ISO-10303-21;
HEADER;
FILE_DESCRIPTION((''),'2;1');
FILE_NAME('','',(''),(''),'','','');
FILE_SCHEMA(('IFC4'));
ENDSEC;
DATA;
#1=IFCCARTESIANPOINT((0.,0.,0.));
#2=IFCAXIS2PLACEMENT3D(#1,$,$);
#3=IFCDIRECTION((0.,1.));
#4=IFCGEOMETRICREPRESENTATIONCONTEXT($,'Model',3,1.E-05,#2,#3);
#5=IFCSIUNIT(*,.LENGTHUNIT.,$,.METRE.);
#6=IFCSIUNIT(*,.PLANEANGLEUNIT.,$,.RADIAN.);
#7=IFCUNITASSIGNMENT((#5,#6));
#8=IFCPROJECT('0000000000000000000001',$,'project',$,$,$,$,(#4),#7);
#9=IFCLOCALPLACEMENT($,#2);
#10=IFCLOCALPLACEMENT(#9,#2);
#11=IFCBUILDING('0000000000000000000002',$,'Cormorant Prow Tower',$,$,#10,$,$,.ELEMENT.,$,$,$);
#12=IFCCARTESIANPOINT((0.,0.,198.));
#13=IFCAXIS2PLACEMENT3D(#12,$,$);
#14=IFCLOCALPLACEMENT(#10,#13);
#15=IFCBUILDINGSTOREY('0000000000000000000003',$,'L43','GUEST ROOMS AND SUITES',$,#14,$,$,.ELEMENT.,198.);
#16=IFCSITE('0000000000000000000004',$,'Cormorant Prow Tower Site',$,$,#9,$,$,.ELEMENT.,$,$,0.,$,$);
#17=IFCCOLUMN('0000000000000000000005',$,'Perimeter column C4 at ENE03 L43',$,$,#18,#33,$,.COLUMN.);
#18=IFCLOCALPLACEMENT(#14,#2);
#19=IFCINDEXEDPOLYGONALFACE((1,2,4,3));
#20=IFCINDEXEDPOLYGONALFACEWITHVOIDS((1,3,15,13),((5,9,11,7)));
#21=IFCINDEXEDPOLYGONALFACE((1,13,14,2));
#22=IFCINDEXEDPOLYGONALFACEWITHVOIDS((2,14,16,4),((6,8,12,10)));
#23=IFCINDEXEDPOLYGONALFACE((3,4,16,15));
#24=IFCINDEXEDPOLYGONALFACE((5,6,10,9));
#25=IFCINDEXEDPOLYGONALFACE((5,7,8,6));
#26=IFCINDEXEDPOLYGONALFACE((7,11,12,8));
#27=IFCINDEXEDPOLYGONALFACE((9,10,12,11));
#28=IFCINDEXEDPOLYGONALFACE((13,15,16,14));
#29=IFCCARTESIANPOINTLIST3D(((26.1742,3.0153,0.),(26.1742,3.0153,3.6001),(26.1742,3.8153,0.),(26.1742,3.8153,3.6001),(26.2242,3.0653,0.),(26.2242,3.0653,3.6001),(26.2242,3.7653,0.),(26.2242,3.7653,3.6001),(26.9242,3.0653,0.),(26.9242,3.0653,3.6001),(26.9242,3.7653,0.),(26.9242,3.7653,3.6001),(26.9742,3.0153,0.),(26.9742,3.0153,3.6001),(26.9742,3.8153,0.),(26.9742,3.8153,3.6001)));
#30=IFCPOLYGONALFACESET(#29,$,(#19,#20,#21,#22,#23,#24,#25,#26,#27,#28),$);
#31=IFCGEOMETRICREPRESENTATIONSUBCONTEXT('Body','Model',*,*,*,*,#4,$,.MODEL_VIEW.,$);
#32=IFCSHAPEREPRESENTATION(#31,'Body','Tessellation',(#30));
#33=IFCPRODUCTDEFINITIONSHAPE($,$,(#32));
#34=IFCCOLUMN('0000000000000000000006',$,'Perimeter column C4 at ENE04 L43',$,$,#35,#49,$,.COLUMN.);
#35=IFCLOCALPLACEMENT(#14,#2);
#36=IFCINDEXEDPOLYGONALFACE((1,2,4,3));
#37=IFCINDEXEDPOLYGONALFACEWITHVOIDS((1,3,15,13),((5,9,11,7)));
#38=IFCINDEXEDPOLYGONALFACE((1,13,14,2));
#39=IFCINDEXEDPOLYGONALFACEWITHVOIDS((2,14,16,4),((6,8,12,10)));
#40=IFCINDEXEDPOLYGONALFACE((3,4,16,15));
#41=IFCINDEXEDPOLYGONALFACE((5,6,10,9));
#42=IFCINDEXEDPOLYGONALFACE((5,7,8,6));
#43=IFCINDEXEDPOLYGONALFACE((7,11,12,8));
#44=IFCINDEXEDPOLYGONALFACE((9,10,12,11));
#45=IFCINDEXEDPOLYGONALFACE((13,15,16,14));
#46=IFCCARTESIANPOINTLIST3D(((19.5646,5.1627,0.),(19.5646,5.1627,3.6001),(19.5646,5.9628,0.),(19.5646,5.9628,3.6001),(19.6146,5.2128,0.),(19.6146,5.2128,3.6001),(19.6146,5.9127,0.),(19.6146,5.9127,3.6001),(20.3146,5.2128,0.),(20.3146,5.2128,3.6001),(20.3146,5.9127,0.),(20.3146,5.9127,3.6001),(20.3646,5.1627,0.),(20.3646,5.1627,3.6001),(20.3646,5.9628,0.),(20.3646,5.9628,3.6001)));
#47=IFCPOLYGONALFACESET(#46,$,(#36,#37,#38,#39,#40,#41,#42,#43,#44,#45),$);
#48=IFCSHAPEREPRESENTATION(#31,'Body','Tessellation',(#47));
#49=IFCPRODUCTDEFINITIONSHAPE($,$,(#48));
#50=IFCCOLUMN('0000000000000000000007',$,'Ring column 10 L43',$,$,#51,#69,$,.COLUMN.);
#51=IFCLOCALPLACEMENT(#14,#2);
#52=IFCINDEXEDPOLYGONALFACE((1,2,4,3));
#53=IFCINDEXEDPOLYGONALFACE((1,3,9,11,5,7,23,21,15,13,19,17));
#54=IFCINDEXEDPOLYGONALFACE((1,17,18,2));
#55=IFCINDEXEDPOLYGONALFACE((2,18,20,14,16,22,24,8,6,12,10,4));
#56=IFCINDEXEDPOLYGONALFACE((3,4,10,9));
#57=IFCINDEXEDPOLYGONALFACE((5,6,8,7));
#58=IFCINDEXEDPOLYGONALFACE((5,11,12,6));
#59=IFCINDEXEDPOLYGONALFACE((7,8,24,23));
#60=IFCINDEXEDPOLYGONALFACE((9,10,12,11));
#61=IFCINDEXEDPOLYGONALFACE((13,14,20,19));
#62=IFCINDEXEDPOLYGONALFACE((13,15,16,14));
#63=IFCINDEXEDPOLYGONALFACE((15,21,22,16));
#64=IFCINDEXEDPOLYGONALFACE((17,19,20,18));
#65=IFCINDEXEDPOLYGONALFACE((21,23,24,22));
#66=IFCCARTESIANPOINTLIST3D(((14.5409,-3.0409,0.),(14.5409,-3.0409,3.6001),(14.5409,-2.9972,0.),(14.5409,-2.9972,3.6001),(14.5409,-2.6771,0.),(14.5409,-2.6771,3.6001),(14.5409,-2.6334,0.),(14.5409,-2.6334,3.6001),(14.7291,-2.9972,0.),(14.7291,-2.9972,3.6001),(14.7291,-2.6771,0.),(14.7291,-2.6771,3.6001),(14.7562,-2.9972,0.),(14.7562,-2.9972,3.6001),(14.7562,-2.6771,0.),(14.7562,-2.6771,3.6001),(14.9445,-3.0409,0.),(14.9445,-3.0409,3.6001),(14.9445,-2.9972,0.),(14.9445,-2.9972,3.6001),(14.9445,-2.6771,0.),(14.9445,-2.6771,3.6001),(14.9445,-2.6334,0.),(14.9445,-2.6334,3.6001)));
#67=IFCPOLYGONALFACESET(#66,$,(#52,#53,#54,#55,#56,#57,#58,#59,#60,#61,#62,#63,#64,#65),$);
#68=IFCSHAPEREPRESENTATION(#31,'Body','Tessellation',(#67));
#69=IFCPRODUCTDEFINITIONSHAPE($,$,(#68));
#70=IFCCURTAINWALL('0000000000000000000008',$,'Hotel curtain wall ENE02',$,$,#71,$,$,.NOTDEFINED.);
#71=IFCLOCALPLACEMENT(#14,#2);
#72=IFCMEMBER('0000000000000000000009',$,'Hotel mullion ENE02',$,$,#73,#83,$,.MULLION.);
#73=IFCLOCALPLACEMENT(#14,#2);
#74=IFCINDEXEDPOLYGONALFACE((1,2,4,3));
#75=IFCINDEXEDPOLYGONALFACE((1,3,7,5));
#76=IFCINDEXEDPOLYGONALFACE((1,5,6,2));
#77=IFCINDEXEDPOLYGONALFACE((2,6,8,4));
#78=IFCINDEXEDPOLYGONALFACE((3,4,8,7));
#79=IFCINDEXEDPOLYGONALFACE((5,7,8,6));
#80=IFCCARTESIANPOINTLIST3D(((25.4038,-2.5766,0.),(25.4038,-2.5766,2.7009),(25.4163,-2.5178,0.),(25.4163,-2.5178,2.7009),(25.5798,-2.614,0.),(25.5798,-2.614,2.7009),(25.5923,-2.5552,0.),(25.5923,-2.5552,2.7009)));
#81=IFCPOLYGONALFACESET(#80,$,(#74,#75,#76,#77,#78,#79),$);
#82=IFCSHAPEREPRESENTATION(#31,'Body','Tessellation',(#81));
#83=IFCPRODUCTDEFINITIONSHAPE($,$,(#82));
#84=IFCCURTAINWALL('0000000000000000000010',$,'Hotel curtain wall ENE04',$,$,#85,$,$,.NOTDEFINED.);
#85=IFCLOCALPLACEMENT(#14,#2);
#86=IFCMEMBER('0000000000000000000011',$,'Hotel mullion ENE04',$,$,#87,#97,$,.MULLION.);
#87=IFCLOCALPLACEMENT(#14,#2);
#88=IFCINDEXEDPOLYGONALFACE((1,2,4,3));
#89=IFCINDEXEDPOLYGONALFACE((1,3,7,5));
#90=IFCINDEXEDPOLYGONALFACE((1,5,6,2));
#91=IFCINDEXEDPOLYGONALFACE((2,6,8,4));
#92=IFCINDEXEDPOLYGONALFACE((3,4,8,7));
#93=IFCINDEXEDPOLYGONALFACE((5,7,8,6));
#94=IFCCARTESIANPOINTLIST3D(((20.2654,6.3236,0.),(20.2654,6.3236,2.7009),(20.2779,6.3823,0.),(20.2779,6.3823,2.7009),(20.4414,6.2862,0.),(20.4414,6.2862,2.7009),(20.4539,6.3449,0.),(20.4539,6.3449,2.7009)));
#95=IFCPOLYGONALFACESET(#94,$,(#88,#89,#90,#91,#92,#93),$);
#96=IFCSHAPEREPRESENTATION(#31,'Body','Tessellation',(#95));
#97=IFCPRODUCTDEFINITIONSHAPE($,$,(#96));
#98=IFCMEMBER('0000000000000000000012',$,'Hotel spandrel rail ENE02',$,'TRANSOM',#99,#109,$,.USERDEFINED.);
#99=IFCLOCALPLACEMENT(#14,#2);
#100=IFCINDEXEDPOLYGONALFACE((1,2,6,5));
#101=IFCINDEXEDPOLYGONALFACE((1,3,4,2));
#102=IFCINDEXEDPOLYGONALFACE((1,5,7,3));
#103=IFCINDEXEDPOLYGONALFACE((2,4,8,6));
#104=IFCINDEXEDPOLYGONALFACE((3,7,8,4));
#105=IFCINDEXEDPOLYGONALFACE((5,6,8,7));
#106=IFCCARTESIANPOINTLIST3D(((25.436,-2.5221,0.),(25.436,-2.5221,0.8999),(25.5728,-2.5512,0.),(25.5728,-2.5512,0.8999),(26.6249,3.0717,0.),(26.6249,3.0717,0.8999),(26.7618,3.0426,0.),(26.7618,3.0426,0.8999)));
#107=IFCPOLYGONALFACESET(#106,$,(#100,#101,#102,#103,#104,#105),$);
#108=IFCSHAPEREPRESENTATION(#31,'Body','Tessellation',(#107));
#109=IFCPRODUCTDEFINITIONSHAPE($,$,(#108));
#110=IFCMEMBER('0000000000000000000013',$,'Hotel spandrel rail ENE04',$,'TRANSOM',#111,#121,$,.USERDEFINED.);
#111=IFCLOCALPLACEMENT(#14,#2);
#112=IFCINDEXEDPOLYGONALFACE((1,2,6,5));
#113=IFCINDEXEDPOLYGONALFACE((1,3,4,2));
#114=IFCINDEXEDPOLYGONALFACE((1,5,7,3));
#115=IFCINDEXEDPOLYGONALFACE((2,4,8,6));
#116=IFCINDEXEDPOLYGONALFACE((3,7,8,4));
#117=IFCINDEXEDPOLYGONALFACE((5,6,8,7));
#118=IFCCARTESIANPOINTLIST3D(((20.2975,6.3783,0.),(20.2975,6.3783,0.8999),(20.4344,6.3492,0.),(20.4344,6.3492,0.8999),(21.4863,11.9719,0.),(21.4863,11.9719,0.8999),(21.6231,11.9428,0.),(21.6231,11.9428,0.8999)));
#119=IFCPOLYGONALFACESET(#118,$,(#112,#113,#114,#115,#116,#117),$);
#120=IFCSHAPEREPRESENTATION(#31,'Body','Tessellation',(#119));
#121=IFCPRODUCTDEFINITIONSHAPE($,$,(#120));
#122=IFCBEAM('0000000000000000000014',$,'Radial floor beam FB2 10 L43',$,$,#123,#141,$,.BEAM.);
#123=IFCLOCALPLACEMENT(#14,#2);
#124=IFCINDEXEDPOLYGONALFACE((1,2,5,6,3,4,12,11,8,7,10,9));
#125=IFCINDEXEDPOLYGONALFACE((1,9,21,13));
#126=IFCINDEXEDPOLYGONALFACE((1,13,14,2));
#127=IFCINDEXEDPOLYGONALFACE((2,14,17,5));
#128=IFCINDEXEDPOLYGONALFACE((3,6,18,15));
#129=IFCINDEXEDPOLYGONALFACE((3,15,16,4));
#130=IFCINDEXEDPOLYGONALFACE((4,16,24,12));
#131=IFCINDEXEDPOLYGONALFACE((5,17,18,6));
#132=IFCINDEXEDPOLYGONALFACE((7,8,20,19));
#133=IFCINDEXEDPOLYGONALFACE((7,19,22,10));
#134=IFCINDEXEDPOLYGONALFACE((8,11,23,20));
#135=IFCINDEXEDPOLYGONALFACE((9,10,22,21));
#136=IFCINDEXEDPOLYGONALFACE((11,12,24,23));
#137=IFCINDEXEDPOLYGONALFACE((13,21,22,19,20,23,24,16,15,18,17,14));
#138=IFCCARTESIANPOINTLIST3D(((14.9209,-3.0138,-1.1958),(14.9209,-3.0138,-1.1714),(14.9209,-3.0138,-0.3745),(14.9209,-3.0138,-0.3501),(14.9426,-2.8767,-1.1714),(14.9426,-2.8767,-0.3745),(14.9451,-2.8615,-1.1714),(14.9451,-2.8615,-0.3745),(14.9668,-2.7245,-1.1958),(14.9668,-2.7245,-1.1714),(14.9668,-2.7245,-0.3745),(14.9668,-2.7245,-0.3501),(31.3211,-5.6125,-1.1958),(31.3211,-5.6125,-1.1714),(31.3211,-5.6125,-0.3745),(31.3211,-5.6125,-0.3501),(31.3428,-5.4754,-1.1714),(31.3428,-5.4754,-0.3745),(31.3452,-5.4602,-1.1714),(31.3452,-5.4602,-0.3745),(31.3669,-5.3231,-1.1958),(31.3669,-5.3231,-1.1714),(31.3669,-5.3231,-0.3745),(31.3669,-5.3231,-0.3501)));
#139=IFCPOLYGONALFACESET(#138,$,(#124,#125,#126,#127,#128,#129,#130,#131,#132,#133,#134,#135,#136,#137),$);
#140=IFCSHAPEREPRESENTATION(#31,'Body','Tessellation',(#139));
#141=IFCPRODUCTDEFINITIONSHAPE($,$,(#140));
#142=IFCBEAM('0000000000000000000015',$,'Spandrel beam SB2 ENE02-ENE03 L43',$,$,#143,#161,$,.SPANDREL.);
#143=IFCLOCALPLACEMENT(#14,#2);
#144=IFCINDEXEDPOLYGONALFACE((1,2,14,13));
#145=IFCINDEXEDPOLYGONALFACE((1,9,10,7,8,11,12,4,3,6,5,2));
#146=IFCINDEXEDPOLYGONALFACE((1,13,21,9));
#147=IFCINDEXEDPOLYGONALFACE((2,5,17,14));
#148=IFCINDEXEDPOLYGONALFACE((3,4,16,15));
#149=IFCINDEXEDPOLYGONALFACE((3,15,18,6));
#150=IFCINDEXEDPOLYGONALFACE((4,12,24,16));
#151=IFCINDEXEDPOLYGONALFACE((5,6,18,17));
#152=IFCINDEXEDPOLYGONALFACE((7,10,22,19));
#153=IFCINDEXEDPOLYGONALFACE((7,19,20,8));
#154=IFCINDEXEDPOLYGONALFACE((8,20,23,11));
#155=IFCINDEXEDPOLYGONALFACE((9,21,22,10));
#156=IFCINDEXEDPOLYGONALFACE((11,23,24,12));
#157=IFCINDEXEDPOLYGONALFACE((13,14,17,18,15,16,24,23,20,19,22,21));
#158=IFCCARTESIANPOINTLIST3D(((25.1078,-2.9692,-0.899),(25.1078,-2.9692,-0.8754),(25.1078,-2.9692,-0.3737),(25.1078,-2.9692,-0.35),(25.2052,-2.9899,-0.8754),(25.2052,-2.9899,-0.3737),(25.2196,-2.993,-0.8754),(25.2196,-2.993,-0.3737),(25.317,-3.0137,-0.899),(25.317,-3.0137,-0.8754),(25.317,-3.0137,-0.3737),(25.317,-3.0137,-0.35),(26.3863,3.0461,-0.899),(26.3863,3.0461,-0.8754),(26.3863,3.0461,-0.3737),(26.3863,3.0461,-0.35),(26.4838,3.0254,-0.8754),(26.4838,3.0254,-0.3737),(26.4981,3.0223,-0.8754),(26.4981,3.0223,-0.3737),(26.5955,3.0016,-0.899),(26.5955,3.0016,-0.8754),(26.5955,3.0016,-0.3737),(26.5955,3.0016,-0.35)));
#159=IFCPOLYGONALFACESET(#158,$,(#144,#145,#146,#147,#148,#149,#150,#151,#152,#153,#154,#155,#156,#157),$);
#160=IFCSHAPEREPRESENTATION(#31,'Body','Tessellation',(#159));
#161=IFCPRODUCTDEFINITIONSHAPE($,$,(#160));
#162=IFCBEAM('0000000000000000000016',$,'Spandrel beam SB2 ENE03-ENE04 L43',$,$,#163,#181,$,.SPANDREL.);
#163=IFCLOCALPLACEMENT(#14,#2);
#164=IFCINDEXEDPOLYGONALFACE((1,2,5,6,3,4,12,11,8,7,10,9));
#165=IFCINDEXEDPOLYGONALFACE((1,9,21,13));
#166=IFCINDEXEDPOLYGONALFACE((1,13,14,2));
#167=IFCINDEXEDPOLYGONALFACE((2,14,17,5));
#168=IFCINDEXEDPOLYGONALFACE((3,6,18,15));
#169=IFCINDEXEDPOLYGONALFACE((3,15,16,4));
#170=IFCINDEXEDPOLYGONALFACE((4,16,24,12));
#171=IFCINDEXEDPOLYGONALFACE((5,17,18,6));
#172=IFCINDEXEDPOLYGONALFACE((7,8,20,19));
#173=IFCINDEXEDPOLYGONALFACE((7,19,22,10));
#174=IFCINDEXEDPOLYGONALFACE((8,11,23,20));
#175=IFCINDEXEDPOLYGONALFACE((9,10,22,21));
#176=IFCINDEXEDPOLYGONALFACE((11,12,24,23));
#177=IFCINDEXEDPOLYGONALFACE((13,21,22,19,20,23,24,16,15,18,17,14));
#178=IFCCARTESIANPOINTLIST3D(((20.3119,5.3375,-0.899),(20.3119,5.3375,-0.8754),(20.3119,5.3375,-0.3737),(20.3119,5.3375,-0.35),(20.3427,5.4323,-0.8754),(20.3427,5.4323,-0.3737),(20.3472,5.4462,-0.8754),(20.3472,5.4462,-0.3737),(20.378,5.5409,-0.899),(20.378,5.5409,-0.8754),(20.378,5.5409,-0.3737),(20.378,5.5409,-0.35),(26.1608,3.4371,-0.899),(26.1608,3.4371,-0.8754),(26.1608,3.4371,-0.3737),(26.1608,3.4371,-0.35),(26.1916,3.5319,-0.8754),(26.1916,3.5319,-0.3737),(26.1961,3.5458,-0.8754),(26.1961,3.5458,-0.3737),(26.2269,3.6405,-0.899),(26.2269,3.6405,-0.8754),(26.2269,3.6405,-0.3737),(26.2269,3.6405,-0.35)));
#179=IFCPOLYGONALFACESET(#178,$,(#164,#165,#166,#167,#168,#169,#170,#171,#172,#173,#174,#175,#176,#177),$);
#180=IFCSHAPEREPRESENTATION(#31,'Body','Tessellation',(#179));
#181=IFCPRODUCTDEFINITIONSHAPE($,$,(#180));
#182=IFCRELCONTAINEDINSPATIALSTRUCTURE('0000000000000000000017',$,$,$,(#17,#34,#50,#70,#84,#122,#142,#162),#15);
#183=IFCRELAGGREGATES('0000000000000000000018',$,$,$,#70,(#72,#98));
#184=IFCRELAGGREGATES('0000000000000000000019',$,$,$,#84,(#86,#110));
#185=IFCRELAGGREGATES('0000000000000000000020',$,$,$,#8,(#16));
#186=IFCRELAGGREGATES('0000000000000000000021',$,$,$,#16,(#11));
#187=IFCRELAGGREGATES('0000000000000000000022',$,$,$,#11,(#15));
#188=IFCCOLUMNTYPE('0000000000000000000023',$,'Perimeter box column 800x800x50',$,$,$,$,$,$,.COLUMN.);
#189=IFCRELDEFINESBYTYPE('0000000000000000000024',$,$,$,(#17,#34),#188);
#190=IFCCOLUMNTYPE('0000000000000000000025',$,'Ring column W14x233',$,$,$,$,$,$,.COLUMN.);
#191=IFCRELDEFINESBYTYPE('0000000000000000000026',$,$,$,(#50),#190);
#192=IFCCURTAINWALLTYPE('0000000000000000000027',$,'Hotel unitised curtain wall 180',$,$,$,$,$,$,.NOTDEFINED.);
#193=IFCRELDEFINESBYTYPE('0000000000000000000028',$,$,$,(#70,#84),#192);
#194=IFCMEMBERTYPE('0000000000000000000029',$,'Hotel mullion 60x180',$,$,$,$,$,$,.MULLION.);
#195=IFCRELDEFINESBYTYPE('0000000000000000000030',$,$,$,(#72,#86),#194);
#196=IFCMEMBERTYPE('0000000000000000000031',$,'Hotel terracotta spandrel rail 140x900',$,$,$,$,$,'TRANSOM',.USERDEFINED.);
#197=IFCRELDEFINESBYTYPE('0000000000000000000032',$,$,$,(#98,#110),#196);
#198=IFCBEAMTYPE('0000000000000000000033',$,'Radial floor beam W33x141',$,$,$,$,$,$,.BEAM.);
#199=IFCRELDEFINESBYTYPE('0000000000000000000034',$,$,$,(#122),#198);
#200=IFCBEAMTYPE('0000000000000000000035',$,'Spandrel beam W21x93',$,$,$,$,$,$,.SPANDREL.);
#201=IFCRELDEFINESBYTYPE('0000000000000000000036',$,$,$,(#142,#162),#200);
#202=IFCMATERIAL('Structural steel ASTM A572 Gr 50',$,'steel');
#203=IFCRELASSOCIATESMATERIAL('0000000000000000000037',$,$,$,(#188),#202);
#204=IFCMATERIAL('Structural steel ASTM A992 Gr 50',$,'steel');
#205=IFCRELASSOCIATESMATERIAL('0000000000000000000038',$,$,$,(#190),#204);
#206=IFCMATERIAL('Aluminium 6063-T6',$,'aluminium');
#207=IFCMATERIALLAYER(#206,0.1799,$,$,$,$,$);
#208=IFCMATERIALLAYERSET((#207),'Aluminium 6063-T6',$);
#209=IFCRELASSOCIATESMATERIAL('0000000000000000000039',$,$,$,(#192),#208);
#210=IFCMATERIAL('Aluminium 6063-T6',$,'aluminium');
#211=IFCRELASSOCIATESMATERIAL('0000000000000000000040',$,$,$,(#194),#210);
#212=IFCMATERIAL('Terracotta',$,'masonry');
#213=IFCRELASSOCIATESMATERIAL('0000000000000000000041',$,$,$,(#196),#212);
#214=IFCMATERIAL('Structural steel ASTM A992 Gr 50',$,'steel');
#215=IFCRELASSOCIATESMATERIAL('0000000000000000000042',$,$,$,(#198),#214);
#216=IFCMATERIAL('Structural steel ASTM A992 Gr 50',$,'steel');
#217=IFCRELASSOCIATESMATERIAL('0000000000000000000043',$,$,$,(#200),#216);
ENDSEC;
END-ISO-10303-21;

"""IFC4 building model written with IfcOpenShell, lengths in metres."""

from ifc_helpers import new_model, si_unit, direction, frame, origin, origin_2d, place, context, subcontext, project, spatial, rectangle, hollow_rectangle, i_section, extrude, material, layer, layer_set, material_profile, profile_set, type_object, element, aggregate, save


model = new_model("IFC4")

# Units and contexts
model_context = context("Model", 3, precision=1e-05, world=origin(), true_north=direction((0.0, 1.0)))
body_context = subcontext(model_context, "Body", "Model", "MODEL_VIEW")
ifc_project = project(units=[si_unit("LENGTHUNIT", "METRE"), si_unit("PLANEANGLEUNIT", "RADIAN")], contexts=[model_context])

# Site, building, storey
site_placement = place(None, origin())
site = spatial("IfcSite", under=ifc_project, at=site_placement, Name="Cormorant Prow Tower Site", CompositionType="ELEMENT", RefElevation=0.0)
building_placement = place(site_placement, origin())
building = spatial("IfcBuilding", under=site, at=building_placement, Name="Cormorant Prow Tower", CompositionType="ELEMENT")
storey_placement = place(building_placement, frame((0.0, 0.0, 198.0)))
storey = spatial("IfcBuildingStorey", under=building, at=storey_placement, Name="L43", Description="GUEST ROOMS AND SUITES", CompositionType="ELEMENT", Elevation=198.0)

# Columns
ifc_material_1 = material(Name="Structural steel ASTM A572 Gr 50", Category="steel")
ifc_material_profile_1 = material_profile(ifc_material_1, hollow_rectangle(XDim=0.8, YDim=0.8, WallThickness=0.05, at=origin_2d()), Name="Box 800x800x50")
ifc_profile_set_1 = profile_set([ifc_material_profile_1], Name="Structural steel ASTM A572 Gr 50")
column_type_1 = type_object("IfcColumnType", Name="Perimeter box column 800x800x50", PredefinedType="COLUMN", material=ifc_profile_set_1)
for number, where, z_axis, x_axis, name in (
    (1, (26.5742, 3.4153, 0.0), (0.0, 0.0, 1.0), (1.0, 0.0, 0.0), "Perimeter column C4 at ENE03 L43"),
    (2, (19.9646, 5.5627, 0.0), (0.0, 0.0, 1.0), (1.0, 0.0, 0.0), "Perimeter column C4 at ENE04 L43"),
):
    element("IfcColumn", number, at=place(storey_placement, frame(where, z_axis=z_axis, x_axis=x_axis)), inside=storey, type_object=column_type_1, Name=name, PredefinedType="COLUMN", context=body_context, shape_type="SweptSolid", body=[
        extrude(hollow_rectangle(XDim=0.8, YDim=0.8, WallThickness=0.05, at=origin_2d()), origin(), (0.0, 0.0, 1.0), 3.6001),
    ])
ifc_material_2 = material(Name="Structural steel ASTM A992 Gr 50", Category="steel")
ifc_material_profile_2 = material_profile(ifc_material_2, i_section(OverallWidth=0.4036, OverallDepth=0.4075, WebThickness=0.0271, FlangeThickness=0.0437, at=origin_2d()), Name="W14x233")
ifc_profile_set_2 = profile_set([ifc_material_profile_2], Name="Structural steel ASTM A992 Gr 50")
column_type_2 = type_object("IfcColumnType", Name="Ring column W14x233", PredefinedType="COLUMN", material=ifc_profile_set_2)
column_placement = place(storey_placement, frame((14.7427, -2.8372, 0.0), z_axis=(0.0, 0.0, 1.0), x_axis=(1.0, 0.0, 0.0)))
element("IfcColumn", 3, at=column_placement, inside=storey, type_object=column_type_2, Name="Ring column 10 L43", PredefinedType="COLUMN", context=body_context, shape_type="SweptSolid", body=[
    extrude(i_section(OverallWidth=0.4036, OverallDepth=0.4075, WebThickness=0.0271, FlangeThickness=0.0437, at=origin_2d()), origin(), (0.0, 0.0, 1.0), 3.6001),
])

# Curtain walls, members
ifc_material_3 = material(Name="Aluminium 6063-T6", Category="aluminium")
ifc_layer_1 = layer(ifc_material_3, 0.1799)
ifc_layer_set_1 = layer_set([ifc_layer_1], Name="Aluminium 6063-T6")
curtain_wall_type = type_object("IfcCurtainWallType", Name="Hotel unitised curtain wall 180", PredefinedType="NOTDEFINED", material=ifc_layer_set_1)
curtain_wall_1_placement = place(storey_placement, origin())
curtain_wall_1 = element("IfcCurtainWall", 4, at=curtain_wall_1_placement, inside=storey, type_object=curtain_wall_type, Name="Hotel curtain wall ENE02", PredefinedType="NOTDEFINED")
ifc_material_4 = material(Name="Aluminium 6063-T6", Category="aluminium")
ifc_material_profile_3 = material_profile(ifc_material_4, rectangle(XDim=0.1799, YDim=0.0601, at=origin_2d()), Name="Hotel mullion 60x180")
ifc_profile_set_3 = profile_set([ifc_material_profile_3], Name="Aluminium 6063-T6")
member_type_1 = type_object("IfcMemberType", Name="Hotel mullion 60x180", PredefinedType="MULLION", material=ifc_profile_set_3)
member_1_placement = place(storey_placement, frame((25.498, -2.5659, 0.0), z_axis=(0.0, 0.0, 1.0), x_axis=(-0.978148, 0.207912, 0.0)))
member_1 = element("IfcMember", 5, at=member_1_placement, type_object=member_type_1, Name="Hotel mullion ENE02", PredefinedType="MULLION", context=body_context, shape_type="SweptSolid", body=[
    extrude(rectangle(XDim=0.1799, YDim=0.0601, at=origin_2d()), origin(), (0.0, 0.0, 1.0), 2.7009),
])
curtain_wall_2_placement = place(storey_placement, origin())
curtain_wall_2 = element("IfcCurtainWall", 6, at=curtain_wall_2_placement, inside=storey, type_object=curtain_wall_type, Name="Hotel curtain wall ENE04", PredefinedType="NOTDEFINED")
member_2_placement = place(storey_placement, frame((20.3596, 6.3342, 0.0), z_axis=(0.0, 0.0, 1.0), x_axis=(-0.978148, 0.207912, 0.0)))
member_2 = element("IfcMember", 7, at=member_2_placement, type_object=member_type_1, Name="Hotel mullion ENE04", PredefinedType="MULLION", context=body_context, shape_type="SweptSolid", body=[
    extrude(rectangle(XDim=0.1799, YDim=0.0601, at=origin_2d()), origin(), (0.0, 0.0, 1.0), 2.7009),
])

# Members
ifc_material_5 = material(Name="Terracotta", Category="masonry")
ifc_material_profile_4 = material_profile(ifc_material_5, rectangle(XDim=0.1399, YDim=0.8999, at=origin_2d()), Name="Hotel terracotta spandrel rail 140x900")
ifc_profile_set_4 = profile_set([ifc_material_profile_4], Name="Terracotta")
member_type_2 = type_object("IfcMemberType", Name="Hotel terracotta spandrel rail 140x900", ElementType="TRANSOM", PredefinedType="USERDEFINED", material=ifc_profile_set_4)
member_3_placement = place(storey_placement, frame((25.5044, -2.5366, 0.45), z_axis=(0.207908, 0.978148, 0.0), x_axis=(-0.978148, 0.207908, 0.0)))
member_3 = element("IfcMember", 8, at=member_3_placement, type_object=member_type_2, Name="Hotel spandrel rail ENE02", ObjectType="TRANSOM", PredefinedType="USERDEFINED", context=body_context, shape_type="SweptSolid", body=[
    extrude(rectangle(XDim=0.1399, YDim=0.8999, at=origin_2d()), origin(), (0.0, 0.0, 1.0), 5.7188),
])
member_4_placement = place(storey_placement, frame((20.366, 6.3638, 0.45), z_axis=(0.207876, 0.978155, 0.0), x_axis=(-0.978155, 0.207876, 0.0)))
member_4 = element("IfcMember", 9, at=member_4_placement, type_object=member_type_2, Name="Hotel spandrel rail ENE04", ObjectType="TRANSOM", PredefinedType="USERDEFINED", context=body_context, shape_type="SweptSolid", body=[
    extrude(rectangle(XDim=0.1399, YDim=0.8999, at=origin_2d()), origin(), (0.0, 0.0, 1.0), 5.7185),
])

# Beams
ifc_material_6 = material(Name="Structural steel ASTM A992 Gr 50", Category="steel")
ifc_material_profile_5 = material_profile(ifc_material_6, i_section(OverallWidth=0.293, OverallDepth=0.8457, WebThickness=0.0154, FlangeThickness=0.0244, at=origin_2d()), Name="W33x141")
ifc_profile_set_5 = profile_set([ifc_material_profile_5], Name="Structural steel ASTM A992 Gr 50")
beam_type_1 = type_object("IfcBeamType", Name="Radial floor beam W33x141", PredefinedType="BEAM", material=ifc_profile_set_5)
beam_1_placement = place(storey_placement, frame((14.9438, -2.8691, -0.7729), z_axis=(0.987678, -0.156499, 0.0), x_axis=(0.156499, 0.987678, 0.0)))
element("IfcBeam", 10, at=beam_1_placement, inside=storey, type_object=beam_type_1, Name="Radial floor beam FB2 10 L43", PredefinedType="BEAM", context=body_context, shape_type="SweptSolid", body=[
    extrude(i_section(OverallWidth=0.293, OverallDepth=0.8457, WebThickness=0.0154, FlangeThickness=0.0244, at=origin_2d()), origin(), (0.0, 0.0, 1.0), 16.6047),
])
ifc_material_7 = material(Name="Structural steel ASTM A992 Gr 50", Category="steel")
ifc_material_profile_6 = material_profile(ifc_material_7, i_section(OverallWidth=0.2139, OverallDepth=0.5491, WebThickness=0.0146, FlangeThickness=0.0237, at=origin_2d()), Name="W21x93")
ifc_profile_set_6 = profile_set([ifc_material_profile_6], Name="Structural steel ASTM A992 Gr 50")
beam_type_2 = type_object("IfcBeamType", Name="Spandrel beam W21x93", PredefinedType="SPANDREL", material=ifc_profile_set_6)
beam_2_placement = place(storey_placement, frame((25.2124, -2.9915, -0.6245), z_axis=(0.207905, 0.978149, 0.0), x_axis=(-0.978149, 0.207905, 0.0)))
element("IfcBeam", 11, at=beam_2_placement, inside=storey, type_object=beam_type_2, Name="Spandrel beam SB2 ENE02-ENE03 L43", PredefinedType="SPANDREL", context=body_context, shape_type="SweptSolid", body=[
    extrude(i_section(OverallWidth=0.2139, OverallDepth=0.5491, WebThickness=0.0146, FlangeThickness=0.0237, at=origin_2d()), origin(), (0.0, 0.0, 1.0), 6.1497),
])
beam_3_placement = place(storey_placement, frame((26.1938, 3.5388, -0.6245), z_axis=(-0.951058, 0.309013, 0.0), x_axis=(-0.309013, -0.951058, 0.0)))
element("IfcBeam", 12, at=beam_3_placement, inside=storey, type_object=beam_type_2, Name="Spandrel beam SB2 ENE03-ENE04 L43", PredefinedType="SPANDREL", context=body_context, shape_type="SweptSolid", body=[
    extrude(i_section(OverallWidth=0.2139, OverallDepth=0.5491, WebThickness=0.0146, FlangeThickness=0.0237, at=origin_2d()), origin(), (0.0, 0.0, 1.0), 6.1499),
])

aggregate(curtain_wall_1, [member_1, member_3])
aggregate(curtain_wall_2, [member_2, member_4])

save(model, "model.ifc")
